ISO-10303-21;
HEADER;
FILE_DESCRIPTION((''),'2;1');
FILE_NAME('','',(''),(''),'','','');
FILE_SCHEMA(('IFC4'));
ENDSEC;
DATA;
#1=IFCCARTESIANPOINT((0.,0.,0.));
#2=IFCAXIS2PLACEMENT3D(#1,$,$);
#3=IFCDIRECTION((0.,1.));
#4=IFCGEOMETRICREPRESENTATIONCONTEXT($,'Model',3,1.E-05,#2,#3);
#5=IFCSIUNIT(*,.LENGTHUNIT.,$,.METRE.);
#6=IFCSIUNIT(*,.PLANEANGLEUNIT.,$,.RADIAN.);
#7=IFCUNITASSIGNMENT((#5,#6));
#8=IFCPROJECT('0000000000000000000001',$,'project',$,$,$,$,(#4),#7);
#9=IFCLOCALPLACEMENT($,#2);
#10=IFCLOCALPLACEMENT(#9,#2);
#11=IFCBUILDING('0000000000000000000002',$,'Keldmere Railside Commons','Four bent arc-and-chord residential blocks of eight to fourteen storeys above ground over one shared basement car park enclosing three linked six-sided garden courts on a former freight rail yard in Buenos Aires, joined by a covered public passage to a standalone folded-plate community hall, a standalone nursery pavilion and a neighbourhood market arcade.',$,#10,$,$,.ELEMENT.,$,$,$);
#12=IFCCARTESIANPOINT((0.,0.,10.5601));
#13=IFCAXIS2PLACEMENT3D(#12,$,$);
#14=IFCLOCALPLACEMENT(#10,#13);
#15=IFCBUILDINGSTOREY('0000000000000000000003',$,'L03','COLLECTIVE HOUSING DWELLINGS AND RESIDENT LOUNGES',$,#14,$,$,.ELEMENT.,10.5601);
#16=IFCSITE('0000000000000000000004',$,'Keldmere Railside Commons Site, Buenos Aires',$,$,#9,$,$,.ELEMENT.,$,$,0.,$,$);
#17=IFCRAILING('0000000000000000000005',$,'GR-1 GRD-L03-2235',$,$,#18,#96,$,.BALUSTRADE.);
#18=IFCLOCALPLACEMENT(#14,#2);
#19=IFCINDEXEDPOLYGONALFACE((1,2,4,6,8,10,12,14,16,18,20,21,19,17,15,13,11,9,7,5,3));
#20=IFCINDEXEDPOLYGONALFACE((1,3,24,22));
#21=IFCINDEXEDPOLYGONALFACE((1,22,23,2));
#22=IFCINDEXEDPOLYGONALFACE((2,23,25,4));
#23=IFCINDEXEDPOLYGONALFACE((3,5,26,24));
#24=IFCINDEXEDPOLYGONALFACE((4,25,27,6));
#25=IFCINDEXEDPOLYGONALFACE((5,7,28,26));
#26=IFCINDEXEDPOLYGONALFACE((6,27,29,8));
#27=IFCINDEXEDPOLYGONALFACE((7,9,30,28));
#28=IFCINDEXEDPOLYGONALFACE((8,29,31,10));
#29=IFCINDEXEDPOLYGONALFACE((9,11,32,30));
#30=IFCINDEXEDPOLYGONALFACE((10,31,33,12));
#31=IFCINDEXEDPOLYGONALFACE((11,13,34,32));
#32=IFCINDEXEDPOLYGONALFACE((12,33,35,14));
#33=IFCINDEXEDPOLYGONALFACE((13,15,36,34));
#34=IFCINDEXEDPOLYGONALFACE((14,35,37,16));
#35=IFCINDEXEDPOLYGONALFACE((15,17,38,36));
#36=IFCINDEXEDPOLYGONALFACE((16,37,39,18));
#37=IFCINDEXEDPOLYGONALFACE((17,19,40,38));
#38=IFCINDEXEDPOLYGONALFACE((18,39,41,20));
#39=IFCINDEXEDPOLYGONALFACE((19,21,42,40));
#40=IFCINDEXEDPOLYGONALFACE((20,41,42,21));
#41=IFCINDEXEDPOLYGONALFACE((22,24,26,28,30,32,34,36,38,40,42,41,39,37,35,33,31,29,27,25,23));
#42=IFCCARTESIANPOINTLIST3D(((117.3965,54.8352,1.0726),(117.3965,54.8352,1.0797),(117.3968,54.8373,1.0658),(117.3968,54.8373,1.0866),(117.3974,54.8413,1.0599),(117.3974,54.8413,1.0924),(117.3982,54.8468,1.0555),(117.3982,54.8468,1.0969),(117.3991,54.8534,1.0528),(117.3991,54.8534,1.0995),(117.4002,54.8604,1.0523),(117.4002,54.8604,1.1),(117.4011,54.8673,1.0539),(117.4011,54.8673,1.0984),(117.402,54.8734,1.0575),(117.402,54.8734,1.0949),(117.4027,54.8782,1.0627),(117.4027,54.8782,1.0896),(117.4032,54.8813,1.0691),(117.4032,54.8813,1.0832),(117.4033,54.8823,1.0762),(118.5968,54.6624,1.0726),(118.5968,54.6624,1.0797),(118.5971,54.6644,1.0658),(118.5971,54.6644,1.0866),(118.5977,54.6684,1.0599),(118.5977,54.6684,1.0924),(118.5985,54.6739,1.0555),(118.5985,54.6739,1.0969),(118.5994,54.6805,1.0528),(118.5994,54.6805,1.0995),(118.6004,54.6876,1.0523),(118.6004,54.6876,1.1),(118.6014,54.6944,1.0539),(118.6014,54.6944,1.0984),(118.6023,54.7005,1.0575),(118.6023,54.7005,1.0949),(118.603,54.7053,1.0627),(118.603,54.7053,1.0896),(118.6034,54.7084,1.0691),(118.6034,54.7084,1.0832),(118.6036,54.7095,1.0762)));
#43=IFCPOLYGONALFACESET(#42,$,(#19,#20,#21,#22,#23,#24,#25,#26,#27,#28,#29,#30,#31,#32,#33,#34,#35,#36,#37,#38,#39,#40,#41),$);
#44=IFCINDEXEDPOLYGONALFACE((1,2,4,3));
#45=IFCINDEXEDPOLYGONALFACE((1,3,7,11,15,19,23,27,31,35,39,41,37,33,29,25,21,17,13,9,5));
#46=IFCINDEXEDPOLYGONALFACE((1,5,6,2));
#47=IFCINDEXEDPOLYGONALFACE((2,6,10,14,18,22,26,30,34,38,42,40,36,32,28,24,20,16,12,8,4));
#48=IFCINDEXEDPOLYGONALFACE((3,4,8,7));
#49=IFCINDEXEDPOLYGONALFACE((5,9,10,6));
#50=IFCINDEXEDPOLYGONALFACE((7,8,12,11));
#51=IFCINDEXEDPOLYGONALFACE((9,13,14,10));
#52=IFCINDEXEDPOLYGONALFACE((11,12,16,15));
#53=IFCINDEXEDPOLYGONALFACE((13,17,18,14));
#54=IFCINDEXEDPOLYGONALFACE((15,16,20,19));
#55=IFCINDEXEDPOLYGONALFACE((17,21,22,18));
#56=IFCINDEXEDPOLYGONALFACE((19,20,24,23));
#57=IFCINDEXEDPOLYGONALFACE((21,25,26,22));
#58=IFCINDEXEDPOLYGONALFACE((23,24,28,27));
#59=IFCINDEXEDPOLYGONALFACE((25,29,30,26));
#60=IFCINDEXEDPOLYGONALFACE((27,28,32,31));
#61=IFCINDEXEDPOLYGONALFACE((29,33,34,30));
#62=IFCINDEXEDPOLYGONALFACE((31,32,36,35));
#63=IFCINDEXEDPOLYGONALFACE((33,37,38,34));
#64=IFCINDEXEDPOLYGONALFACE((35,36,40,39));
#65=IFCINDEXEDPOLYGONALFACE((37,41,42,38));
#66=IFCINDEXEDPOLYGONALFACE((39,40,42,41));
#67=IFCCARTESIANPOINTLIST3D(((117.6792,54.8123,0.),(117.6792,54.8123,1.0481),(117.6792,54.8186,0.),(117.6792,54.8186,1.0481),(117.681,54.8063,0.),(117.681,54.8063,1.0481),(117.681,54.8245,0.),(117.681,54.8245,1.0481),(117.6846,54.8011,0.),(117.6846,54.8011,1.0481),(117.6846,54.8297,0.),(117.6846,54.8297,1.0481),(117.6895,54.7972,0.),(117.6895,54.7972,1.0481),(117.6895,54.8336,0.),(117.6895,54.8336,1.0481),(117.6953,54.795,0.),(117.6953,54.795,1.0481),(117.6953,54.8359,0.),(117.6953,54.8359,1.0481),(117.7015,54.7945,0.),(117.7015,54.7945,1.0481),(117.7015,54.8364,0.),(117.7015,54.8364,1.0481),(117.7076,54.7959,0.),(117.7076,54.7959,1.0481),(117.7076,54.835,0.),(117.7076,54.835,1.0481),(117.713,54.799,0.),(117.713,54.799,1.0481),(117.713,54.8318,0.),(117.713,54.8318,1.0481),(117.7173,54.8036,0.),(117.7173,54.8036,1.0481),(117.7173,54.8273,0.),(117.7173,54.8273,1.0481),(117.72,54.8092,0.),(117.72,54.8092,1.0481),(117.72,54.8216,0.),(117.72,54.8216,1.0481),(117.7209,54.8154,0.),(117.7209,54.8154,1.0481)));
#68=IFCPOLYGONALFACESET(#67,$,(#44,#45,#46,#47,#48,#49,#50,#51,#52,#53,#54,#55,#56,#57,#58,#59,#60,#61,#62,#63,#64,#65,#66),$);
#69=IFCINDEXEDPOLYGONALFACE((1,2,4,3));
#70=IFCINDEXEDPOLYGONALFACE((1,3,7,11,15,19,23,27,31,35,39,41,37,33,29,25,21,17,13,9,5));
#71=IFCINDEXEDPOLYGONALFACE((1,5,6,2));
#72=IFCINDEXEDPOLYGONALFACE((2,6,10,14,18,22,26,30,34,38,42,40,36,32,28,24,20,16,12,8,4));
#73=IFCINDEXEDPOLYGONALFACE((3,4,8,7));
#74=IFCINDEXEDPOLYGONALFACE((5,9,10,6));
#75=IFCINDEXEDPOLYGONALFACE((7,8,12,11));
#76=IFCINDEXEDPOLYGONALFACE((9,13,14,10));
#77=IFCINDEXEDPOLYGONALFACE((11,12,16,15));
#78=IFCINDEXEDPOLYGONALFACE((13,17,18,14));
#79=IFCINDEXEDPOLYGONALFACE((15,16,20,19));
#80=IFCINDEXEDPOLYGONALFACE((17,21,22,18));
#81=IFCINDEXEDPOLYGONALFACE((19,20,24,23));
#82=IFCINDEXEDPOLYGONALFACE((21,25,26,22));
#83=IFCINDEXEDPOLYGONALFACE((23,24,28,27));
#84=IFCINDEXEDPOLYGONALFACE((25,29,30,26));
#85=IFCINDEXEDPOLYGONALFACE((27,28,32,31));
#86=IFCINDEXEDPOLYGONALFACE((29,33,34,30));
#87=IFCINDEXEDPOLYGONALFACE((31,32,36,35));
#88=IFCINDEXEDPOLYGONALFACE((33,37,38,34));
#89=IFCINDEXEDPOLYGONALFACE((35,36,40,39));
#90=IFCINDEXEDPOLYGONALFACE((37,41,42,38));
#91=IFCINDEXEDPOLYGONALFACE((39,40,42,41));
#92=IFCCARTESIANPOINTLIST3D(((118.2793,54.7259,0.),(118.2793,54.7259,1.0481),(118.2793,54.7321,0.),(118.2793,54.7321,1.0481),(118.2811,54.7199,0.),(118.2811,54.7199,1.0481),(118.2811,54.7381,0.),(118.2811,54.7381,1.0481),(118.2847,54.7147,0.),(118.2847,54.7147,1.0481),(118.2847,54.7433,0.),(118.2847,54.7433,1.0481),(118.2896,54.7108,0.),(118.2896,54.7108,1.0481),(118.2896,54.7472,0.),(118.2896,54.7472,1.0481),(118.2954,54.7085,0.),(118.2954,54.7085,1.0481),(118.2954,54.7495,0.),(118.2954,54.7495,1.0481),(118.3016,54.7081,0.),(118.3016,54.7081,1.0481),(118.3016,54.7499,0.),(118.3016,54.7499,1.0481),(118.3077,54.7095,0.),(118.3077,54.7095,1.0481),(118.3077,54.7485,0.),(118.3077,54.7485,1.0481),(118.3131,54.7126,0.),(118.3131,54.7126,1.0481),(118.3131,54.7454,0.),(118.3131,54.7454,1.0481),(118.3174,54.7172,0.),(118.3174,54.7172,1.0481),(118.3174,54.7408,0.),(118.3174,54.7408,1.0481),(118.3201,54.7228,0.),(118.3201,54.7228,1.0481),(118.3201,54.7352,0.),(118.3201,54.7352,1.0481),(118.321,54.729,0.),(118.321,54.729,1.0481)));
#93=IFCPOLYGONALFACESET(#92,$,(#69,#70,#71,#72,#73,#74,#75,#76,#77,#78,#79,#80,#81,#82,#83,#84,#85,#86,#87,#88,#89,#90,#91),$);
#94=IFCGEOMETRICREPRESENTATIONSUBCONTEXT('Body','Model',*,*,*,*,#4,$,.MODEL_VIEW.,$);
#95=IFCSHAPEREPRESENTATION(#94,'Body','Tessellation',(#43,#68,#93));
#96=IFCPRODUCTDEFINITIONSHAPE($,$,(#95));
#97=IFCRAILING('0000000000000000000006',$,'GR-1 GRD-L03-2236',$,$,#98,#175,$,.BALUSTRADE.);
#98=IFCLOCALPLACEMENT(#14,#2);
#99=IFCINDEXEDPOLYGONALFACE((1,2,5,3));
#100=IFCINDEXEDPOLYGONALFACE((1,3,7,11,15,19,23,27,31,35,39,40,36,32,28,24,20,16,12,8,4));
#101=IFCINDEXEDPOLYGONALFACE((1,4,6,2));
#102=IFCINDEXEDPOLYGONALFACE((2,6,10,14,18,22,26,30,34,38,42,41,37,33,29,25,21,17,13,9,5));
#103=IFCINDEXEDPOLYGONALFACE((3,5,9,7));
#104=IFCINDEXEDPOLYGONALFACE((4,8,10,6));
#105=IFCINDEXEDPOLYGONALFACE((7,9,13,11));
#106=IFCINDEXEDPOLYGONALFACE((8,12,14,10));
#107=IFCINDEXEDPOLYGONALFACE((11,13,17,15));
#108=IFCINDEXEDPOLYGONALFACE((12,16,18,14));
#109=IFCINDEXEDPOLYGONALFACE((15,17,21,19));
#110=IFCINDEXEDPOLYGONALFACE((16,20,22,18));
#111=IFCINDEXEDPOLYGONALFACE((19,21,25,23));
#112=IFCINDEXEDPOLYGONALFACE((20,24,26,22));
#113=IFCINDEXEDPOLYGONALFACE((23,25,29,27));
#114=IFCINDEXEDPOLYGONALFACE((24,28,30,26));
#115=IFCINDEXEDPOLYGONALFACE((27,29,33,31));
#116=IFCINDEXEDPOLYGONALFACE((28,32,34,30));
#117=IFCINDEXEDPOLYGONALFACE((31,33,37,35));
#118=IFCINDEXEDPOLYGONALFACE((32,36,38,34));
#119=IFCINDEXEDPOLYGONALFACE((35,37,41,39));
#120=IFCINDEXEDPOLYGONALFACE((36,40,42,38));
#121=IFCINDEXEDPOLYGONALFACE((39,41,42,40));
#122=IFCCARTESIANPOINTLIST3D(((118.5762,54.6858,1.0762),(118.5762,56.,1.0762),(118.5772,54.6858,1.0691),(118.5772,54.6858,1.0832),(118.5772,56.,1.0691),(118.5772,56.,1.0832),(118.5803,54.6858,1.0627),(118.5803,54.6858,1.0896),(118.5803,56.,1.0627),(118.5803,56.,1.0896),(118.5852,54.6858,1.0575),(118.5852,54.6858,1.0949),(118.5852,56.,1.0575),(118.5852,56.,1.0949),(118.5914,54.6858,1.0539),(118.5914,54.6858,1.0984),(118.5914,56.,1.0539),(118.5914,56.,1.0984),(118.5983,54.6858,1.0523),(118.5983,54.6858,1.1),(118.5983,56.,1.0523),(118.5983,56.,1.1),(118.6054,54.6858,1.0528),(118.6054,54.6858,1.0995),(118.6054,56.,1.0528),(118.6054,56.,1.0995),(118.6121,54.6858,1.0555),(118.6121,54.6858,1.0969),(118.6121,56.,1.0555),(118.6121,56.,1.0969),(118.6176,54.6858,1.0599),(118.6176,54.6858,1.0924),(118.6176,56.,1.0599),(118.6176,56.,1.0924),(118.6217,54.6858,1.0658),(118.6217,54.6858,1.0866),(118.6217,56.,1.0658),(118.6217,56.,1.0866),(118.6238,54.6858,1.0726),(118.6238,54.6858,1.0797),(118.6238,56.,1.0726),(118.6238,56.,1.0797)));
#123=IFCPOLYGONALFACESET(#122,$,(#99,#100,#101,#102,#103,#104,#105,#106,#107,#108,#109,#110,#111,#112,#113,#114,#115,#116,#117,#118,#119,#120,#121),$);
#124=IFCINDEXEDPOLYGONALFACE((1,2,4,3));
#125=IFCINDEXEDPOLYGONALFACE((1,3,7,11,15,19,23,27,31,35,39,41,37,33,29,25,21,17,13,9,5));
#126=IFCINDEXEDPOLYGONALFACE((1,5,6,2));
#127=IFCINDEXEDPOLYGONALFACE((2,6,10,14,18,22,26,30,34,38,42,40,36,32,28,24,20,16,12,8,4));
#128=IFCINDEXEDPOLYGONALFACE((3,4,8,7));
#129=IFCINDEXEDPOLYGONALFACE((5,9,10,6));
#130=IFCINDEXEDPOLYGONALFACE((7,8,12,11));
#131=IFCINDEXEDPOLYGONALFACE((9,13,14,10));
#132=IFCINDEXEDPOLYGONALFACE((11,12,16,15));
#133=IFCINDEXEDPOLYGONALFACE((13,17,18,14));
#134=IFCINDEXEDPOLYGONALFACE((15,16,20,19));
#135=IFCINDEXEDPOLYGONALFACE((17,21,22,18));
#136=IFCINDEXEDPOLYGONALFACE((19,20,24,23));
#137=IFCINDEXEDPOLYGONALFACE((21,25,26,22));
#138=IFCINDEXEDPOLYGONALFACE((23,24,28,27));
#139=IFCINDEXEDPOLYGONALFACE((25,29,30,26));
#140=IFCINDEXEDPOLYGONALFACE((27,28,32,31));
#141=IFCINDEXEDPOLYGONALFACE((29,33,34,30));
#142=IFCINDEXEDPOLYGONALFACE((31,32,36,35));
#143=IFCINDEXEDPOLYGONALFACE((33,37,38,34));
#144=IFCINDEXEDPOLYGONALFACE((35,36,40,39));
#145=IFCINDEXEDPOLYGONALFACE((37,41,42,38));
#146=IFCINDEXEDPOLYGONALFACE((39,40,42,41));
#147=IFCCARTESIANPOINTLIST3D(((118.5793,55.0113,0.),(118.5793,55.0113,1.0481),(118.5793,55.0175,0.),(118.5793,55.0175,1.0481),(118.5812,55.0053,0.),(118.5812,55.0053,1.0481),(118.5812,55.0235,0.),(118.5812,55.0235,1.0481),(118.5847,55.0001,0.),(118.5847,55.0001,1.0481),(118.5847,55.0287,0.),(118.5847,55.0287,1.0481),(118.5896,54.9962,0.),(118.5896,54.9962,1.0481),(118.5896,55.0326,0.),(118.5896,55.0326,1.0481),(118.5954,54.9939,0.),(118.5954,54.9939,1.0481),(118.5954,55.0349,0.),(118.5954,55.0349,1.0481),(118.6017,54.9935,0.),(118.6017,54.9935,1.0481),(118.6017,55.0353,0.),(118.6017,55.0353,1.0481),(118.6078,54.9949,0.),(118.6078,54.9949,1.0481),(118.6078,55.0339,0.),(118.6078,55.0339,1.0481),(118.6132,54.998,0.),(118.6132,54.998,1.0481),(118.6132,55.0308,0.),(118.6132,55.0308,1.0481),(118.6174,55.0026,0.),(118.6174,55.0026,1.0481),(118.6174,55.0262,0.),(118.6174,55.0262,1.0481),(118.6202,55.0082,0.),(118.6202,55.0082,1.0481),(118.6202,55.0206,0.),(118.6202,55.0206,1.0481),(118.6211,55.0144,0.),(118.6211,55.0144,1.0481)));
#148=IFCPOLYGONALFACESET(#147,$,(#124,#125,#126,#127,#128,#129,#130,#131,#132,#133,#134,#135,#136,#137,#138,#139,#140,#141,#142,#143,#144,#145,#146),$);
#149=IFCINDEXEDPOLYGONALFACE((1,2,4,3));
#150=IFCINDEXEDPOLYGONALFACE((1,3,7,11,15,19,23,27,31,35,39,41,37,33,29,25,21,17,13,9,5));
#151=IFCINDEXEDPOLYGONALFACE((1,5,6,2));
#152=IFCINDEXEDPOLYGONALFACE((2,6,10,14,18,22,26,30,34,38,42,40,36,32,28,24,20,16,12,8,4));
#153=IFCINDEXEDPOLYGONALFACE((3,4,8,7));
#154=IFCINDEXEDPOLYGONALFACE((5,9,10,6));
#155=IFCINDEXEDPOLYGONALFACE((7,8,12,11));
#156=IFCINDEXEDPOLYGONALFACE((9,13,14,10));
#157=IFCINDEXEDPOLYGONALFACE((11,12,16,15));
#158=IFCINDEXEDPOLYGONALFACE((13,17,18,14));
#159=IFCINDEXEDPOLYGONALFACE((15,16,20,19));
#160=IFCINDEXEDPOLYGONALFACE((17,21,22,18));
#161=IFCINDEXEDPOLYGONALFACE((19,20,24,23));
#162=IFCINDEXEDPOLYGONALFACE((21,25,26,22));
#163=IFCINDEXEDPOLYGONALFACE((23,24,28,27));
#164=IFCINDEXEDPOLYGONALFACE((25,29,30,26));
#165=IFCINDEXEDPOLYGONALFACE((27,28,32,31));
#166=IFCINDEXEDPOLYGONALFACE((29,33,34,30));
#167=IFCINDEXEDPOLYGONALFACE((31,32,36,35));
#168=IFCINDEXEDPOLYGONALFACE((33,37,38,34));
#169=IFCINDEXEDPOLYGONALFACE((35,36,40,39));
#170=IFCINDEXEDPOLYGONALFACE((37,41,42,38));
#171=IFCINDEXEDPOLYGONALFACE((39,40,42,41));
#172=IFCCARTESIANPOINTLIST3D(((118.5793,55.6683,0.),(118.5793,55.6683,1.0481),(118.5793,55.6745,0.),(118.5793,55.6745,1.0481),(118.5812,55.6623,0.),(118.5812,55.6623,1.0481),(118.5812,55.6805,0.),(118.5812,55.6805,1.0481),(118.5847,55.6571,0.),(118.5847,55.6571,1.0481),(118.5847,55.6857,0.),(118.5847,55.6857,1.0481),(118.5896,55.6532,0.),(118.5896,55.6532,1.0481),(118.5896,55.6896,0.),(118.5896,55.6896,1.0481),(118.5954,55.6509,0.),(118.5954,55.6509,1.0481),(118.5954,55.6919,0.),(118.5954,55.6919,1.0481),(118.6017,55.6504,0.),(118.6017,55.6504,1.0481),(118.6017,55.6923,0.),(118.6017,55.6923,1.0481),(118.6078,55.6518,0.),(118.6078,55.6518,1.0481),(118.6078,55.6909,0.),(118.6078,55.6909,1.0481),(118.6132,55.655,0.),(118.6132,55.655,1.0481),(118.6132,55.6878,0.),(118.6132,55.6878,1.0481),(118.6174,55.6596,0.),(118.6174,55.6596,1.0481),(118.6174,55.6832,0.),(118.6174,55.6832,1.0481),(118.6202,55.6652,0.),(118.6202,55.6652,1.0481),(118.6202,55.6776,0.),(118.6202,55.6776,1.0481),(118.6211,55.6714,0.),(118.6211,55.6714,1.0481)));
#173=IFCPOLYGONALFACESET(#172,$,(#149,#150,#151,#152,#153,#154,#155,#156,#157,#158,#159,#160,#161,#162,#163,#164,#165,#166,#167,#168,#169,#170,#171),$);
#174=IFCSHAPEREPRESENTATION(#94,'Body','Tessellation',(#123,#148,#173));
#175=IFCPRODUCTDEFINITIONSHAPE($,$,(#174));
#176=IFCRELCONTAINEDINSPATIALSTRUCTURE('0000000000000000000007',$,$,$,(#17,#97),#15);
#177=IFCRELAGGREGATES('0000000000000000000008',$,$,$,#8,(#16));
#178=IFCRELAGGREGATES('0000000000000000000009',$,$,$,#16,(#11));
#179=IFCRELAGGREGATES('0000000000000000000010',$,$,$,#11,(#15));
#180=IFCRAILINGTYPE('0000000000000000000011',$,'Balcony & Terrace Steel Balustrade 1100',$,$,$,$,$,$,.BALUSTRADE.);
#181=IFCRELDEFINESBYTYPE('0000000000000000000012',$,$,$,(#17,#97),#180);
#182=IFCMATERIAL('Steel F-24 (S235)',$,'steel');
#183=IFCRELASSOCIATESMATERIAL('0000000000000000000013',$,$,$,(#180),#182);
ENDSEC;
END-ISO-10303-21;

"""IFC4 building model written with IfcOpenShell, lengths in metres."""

from ifc_helpers import new_model, si_unit, direction, frame, origin, origin_2d, place, context, subcontext, project, spatial, circle, extrude, material, type_object, element, save


model = new_model("IFC4")

# Units and contexts
model_context = context("Model", 3, precision=1e-05, world=origin(), true_north=direction((0.0, 1.0)))
body_context = subcontext(model_context, "Body", "Model", "MODEL_VIEW")
ifc_project = project(units=[si_unit("LENGTHUNIT", "METRE"), si_unit("PLANEANGLEUNIT", "RADIAN")], contexts=[model_context])

# Site, building, storey
site_placement = place(None, origin())
site = spatial("IfcSite", under=ifc_project, at=site_placement, Name="Keldmere Railside Commons Site, Buenos Aires", CompositionType="ELEMENT", RefElevation=0.0)
building_placement = place(site_placement, origin())
building = spatial("IfcBuilding", under=site, at=building_placement, Name="Keldmere Railside Commons", Description="Four bent arc-and-chord residential blocks of eight to fourteen storeys above ground over one shared basement car park enclosing three linked six-sided garden courts on a former freight rail yard in Buenos Aires, joined by a covered public passage to a standalone folded-plate community hall, a standalone nursery pavilion and a neighbourhood market arcade.", CompositionType="ELEMENT")
storey_placement = place(building_placement, frame((0.0, 0.0, 10.5601)))
storey = spatial("IfcBuildingStorey", under=building, at=storey_placement, Name="L03", Description="COLLECTIVE HOUSING DWELLINGS AND RESIDENT LOUNGES", CompositionType="ELEMENT", Elevation=10.5601)

# Railings
ifc_material_1 = material(Name="Steel F-24 (S235)", Category="steel")
railing_type = type_object("IfcRailingType", Name="Balcony & Terrace Steel Balustrade 1100", PredefinedType="BALUSTRADE", material=ifc_material_1)
railing_1_placement = place(storey_placement, frame((117.3999, 54.8586, 0.0)))
element("IfcRailing", 1, at=railing_1_placement, inside=storey, type_object=railing_type, Name="GR-1 GRD-L03-2235", PredefinedType="BALUSTRADE", context=body_context, shape_type="SweptSolid", body=[
    extrude(circle(Radius=0.0239, at=origin_2d()), frame((0.0, 0.0, 1.0762), z_axis=(0.989788, -0.142549, 0.0), x_axis=(0.142549, 0.989788, 0.0)), (0.0, 0.0, 1.0), 1.2126),
    extrude(circle(Radius=0.021, at=origin_2d()), frame((0.3, -0.0432, 0.0)), (0.0, 0.0, 1.0), 1.0481),
    extrude(circle(Radius=0.021, at=origin_2d()), frame((0.9001, -0.1296, 0.0)), (0.0, 0.0, 1.0), 1.0481),
])
railing_2_placement = place(storey_placement, frame((118.6001, 54.6858, 0.0)))
element("IfcRailing", 2, at=railing_2_placement, inside=storey, type_object=railing_type, Name="GR-1 GRD-L03-2236", PredefinedType="BALUSTRADE", context=body_context, shape_type="SweptSolid", body=[
    extrude(circle(Radius=0.0239, at=origin_2d()), frame((0.0, 0.0, 1.0762), z_axis=(0.0, 1.0, 0.0), x_axis=(-1.0, 0.0, 0.0)), (0.0, 0.0, 1.0), 1.3142),
    extrude(circle(Radius=0.021, at=origin_2d()), frame((0.0, 0.3286, 0.0)), (0.0, 0.0, 1.0), 1.0481),
    extrude(circle(Radius=0.021, at=origin_2d()), frame((0.0, 0.9856, 0.0)), (0.0, 0.0, 1.0), 1.0481),
])

save(model, "model.ifc")
